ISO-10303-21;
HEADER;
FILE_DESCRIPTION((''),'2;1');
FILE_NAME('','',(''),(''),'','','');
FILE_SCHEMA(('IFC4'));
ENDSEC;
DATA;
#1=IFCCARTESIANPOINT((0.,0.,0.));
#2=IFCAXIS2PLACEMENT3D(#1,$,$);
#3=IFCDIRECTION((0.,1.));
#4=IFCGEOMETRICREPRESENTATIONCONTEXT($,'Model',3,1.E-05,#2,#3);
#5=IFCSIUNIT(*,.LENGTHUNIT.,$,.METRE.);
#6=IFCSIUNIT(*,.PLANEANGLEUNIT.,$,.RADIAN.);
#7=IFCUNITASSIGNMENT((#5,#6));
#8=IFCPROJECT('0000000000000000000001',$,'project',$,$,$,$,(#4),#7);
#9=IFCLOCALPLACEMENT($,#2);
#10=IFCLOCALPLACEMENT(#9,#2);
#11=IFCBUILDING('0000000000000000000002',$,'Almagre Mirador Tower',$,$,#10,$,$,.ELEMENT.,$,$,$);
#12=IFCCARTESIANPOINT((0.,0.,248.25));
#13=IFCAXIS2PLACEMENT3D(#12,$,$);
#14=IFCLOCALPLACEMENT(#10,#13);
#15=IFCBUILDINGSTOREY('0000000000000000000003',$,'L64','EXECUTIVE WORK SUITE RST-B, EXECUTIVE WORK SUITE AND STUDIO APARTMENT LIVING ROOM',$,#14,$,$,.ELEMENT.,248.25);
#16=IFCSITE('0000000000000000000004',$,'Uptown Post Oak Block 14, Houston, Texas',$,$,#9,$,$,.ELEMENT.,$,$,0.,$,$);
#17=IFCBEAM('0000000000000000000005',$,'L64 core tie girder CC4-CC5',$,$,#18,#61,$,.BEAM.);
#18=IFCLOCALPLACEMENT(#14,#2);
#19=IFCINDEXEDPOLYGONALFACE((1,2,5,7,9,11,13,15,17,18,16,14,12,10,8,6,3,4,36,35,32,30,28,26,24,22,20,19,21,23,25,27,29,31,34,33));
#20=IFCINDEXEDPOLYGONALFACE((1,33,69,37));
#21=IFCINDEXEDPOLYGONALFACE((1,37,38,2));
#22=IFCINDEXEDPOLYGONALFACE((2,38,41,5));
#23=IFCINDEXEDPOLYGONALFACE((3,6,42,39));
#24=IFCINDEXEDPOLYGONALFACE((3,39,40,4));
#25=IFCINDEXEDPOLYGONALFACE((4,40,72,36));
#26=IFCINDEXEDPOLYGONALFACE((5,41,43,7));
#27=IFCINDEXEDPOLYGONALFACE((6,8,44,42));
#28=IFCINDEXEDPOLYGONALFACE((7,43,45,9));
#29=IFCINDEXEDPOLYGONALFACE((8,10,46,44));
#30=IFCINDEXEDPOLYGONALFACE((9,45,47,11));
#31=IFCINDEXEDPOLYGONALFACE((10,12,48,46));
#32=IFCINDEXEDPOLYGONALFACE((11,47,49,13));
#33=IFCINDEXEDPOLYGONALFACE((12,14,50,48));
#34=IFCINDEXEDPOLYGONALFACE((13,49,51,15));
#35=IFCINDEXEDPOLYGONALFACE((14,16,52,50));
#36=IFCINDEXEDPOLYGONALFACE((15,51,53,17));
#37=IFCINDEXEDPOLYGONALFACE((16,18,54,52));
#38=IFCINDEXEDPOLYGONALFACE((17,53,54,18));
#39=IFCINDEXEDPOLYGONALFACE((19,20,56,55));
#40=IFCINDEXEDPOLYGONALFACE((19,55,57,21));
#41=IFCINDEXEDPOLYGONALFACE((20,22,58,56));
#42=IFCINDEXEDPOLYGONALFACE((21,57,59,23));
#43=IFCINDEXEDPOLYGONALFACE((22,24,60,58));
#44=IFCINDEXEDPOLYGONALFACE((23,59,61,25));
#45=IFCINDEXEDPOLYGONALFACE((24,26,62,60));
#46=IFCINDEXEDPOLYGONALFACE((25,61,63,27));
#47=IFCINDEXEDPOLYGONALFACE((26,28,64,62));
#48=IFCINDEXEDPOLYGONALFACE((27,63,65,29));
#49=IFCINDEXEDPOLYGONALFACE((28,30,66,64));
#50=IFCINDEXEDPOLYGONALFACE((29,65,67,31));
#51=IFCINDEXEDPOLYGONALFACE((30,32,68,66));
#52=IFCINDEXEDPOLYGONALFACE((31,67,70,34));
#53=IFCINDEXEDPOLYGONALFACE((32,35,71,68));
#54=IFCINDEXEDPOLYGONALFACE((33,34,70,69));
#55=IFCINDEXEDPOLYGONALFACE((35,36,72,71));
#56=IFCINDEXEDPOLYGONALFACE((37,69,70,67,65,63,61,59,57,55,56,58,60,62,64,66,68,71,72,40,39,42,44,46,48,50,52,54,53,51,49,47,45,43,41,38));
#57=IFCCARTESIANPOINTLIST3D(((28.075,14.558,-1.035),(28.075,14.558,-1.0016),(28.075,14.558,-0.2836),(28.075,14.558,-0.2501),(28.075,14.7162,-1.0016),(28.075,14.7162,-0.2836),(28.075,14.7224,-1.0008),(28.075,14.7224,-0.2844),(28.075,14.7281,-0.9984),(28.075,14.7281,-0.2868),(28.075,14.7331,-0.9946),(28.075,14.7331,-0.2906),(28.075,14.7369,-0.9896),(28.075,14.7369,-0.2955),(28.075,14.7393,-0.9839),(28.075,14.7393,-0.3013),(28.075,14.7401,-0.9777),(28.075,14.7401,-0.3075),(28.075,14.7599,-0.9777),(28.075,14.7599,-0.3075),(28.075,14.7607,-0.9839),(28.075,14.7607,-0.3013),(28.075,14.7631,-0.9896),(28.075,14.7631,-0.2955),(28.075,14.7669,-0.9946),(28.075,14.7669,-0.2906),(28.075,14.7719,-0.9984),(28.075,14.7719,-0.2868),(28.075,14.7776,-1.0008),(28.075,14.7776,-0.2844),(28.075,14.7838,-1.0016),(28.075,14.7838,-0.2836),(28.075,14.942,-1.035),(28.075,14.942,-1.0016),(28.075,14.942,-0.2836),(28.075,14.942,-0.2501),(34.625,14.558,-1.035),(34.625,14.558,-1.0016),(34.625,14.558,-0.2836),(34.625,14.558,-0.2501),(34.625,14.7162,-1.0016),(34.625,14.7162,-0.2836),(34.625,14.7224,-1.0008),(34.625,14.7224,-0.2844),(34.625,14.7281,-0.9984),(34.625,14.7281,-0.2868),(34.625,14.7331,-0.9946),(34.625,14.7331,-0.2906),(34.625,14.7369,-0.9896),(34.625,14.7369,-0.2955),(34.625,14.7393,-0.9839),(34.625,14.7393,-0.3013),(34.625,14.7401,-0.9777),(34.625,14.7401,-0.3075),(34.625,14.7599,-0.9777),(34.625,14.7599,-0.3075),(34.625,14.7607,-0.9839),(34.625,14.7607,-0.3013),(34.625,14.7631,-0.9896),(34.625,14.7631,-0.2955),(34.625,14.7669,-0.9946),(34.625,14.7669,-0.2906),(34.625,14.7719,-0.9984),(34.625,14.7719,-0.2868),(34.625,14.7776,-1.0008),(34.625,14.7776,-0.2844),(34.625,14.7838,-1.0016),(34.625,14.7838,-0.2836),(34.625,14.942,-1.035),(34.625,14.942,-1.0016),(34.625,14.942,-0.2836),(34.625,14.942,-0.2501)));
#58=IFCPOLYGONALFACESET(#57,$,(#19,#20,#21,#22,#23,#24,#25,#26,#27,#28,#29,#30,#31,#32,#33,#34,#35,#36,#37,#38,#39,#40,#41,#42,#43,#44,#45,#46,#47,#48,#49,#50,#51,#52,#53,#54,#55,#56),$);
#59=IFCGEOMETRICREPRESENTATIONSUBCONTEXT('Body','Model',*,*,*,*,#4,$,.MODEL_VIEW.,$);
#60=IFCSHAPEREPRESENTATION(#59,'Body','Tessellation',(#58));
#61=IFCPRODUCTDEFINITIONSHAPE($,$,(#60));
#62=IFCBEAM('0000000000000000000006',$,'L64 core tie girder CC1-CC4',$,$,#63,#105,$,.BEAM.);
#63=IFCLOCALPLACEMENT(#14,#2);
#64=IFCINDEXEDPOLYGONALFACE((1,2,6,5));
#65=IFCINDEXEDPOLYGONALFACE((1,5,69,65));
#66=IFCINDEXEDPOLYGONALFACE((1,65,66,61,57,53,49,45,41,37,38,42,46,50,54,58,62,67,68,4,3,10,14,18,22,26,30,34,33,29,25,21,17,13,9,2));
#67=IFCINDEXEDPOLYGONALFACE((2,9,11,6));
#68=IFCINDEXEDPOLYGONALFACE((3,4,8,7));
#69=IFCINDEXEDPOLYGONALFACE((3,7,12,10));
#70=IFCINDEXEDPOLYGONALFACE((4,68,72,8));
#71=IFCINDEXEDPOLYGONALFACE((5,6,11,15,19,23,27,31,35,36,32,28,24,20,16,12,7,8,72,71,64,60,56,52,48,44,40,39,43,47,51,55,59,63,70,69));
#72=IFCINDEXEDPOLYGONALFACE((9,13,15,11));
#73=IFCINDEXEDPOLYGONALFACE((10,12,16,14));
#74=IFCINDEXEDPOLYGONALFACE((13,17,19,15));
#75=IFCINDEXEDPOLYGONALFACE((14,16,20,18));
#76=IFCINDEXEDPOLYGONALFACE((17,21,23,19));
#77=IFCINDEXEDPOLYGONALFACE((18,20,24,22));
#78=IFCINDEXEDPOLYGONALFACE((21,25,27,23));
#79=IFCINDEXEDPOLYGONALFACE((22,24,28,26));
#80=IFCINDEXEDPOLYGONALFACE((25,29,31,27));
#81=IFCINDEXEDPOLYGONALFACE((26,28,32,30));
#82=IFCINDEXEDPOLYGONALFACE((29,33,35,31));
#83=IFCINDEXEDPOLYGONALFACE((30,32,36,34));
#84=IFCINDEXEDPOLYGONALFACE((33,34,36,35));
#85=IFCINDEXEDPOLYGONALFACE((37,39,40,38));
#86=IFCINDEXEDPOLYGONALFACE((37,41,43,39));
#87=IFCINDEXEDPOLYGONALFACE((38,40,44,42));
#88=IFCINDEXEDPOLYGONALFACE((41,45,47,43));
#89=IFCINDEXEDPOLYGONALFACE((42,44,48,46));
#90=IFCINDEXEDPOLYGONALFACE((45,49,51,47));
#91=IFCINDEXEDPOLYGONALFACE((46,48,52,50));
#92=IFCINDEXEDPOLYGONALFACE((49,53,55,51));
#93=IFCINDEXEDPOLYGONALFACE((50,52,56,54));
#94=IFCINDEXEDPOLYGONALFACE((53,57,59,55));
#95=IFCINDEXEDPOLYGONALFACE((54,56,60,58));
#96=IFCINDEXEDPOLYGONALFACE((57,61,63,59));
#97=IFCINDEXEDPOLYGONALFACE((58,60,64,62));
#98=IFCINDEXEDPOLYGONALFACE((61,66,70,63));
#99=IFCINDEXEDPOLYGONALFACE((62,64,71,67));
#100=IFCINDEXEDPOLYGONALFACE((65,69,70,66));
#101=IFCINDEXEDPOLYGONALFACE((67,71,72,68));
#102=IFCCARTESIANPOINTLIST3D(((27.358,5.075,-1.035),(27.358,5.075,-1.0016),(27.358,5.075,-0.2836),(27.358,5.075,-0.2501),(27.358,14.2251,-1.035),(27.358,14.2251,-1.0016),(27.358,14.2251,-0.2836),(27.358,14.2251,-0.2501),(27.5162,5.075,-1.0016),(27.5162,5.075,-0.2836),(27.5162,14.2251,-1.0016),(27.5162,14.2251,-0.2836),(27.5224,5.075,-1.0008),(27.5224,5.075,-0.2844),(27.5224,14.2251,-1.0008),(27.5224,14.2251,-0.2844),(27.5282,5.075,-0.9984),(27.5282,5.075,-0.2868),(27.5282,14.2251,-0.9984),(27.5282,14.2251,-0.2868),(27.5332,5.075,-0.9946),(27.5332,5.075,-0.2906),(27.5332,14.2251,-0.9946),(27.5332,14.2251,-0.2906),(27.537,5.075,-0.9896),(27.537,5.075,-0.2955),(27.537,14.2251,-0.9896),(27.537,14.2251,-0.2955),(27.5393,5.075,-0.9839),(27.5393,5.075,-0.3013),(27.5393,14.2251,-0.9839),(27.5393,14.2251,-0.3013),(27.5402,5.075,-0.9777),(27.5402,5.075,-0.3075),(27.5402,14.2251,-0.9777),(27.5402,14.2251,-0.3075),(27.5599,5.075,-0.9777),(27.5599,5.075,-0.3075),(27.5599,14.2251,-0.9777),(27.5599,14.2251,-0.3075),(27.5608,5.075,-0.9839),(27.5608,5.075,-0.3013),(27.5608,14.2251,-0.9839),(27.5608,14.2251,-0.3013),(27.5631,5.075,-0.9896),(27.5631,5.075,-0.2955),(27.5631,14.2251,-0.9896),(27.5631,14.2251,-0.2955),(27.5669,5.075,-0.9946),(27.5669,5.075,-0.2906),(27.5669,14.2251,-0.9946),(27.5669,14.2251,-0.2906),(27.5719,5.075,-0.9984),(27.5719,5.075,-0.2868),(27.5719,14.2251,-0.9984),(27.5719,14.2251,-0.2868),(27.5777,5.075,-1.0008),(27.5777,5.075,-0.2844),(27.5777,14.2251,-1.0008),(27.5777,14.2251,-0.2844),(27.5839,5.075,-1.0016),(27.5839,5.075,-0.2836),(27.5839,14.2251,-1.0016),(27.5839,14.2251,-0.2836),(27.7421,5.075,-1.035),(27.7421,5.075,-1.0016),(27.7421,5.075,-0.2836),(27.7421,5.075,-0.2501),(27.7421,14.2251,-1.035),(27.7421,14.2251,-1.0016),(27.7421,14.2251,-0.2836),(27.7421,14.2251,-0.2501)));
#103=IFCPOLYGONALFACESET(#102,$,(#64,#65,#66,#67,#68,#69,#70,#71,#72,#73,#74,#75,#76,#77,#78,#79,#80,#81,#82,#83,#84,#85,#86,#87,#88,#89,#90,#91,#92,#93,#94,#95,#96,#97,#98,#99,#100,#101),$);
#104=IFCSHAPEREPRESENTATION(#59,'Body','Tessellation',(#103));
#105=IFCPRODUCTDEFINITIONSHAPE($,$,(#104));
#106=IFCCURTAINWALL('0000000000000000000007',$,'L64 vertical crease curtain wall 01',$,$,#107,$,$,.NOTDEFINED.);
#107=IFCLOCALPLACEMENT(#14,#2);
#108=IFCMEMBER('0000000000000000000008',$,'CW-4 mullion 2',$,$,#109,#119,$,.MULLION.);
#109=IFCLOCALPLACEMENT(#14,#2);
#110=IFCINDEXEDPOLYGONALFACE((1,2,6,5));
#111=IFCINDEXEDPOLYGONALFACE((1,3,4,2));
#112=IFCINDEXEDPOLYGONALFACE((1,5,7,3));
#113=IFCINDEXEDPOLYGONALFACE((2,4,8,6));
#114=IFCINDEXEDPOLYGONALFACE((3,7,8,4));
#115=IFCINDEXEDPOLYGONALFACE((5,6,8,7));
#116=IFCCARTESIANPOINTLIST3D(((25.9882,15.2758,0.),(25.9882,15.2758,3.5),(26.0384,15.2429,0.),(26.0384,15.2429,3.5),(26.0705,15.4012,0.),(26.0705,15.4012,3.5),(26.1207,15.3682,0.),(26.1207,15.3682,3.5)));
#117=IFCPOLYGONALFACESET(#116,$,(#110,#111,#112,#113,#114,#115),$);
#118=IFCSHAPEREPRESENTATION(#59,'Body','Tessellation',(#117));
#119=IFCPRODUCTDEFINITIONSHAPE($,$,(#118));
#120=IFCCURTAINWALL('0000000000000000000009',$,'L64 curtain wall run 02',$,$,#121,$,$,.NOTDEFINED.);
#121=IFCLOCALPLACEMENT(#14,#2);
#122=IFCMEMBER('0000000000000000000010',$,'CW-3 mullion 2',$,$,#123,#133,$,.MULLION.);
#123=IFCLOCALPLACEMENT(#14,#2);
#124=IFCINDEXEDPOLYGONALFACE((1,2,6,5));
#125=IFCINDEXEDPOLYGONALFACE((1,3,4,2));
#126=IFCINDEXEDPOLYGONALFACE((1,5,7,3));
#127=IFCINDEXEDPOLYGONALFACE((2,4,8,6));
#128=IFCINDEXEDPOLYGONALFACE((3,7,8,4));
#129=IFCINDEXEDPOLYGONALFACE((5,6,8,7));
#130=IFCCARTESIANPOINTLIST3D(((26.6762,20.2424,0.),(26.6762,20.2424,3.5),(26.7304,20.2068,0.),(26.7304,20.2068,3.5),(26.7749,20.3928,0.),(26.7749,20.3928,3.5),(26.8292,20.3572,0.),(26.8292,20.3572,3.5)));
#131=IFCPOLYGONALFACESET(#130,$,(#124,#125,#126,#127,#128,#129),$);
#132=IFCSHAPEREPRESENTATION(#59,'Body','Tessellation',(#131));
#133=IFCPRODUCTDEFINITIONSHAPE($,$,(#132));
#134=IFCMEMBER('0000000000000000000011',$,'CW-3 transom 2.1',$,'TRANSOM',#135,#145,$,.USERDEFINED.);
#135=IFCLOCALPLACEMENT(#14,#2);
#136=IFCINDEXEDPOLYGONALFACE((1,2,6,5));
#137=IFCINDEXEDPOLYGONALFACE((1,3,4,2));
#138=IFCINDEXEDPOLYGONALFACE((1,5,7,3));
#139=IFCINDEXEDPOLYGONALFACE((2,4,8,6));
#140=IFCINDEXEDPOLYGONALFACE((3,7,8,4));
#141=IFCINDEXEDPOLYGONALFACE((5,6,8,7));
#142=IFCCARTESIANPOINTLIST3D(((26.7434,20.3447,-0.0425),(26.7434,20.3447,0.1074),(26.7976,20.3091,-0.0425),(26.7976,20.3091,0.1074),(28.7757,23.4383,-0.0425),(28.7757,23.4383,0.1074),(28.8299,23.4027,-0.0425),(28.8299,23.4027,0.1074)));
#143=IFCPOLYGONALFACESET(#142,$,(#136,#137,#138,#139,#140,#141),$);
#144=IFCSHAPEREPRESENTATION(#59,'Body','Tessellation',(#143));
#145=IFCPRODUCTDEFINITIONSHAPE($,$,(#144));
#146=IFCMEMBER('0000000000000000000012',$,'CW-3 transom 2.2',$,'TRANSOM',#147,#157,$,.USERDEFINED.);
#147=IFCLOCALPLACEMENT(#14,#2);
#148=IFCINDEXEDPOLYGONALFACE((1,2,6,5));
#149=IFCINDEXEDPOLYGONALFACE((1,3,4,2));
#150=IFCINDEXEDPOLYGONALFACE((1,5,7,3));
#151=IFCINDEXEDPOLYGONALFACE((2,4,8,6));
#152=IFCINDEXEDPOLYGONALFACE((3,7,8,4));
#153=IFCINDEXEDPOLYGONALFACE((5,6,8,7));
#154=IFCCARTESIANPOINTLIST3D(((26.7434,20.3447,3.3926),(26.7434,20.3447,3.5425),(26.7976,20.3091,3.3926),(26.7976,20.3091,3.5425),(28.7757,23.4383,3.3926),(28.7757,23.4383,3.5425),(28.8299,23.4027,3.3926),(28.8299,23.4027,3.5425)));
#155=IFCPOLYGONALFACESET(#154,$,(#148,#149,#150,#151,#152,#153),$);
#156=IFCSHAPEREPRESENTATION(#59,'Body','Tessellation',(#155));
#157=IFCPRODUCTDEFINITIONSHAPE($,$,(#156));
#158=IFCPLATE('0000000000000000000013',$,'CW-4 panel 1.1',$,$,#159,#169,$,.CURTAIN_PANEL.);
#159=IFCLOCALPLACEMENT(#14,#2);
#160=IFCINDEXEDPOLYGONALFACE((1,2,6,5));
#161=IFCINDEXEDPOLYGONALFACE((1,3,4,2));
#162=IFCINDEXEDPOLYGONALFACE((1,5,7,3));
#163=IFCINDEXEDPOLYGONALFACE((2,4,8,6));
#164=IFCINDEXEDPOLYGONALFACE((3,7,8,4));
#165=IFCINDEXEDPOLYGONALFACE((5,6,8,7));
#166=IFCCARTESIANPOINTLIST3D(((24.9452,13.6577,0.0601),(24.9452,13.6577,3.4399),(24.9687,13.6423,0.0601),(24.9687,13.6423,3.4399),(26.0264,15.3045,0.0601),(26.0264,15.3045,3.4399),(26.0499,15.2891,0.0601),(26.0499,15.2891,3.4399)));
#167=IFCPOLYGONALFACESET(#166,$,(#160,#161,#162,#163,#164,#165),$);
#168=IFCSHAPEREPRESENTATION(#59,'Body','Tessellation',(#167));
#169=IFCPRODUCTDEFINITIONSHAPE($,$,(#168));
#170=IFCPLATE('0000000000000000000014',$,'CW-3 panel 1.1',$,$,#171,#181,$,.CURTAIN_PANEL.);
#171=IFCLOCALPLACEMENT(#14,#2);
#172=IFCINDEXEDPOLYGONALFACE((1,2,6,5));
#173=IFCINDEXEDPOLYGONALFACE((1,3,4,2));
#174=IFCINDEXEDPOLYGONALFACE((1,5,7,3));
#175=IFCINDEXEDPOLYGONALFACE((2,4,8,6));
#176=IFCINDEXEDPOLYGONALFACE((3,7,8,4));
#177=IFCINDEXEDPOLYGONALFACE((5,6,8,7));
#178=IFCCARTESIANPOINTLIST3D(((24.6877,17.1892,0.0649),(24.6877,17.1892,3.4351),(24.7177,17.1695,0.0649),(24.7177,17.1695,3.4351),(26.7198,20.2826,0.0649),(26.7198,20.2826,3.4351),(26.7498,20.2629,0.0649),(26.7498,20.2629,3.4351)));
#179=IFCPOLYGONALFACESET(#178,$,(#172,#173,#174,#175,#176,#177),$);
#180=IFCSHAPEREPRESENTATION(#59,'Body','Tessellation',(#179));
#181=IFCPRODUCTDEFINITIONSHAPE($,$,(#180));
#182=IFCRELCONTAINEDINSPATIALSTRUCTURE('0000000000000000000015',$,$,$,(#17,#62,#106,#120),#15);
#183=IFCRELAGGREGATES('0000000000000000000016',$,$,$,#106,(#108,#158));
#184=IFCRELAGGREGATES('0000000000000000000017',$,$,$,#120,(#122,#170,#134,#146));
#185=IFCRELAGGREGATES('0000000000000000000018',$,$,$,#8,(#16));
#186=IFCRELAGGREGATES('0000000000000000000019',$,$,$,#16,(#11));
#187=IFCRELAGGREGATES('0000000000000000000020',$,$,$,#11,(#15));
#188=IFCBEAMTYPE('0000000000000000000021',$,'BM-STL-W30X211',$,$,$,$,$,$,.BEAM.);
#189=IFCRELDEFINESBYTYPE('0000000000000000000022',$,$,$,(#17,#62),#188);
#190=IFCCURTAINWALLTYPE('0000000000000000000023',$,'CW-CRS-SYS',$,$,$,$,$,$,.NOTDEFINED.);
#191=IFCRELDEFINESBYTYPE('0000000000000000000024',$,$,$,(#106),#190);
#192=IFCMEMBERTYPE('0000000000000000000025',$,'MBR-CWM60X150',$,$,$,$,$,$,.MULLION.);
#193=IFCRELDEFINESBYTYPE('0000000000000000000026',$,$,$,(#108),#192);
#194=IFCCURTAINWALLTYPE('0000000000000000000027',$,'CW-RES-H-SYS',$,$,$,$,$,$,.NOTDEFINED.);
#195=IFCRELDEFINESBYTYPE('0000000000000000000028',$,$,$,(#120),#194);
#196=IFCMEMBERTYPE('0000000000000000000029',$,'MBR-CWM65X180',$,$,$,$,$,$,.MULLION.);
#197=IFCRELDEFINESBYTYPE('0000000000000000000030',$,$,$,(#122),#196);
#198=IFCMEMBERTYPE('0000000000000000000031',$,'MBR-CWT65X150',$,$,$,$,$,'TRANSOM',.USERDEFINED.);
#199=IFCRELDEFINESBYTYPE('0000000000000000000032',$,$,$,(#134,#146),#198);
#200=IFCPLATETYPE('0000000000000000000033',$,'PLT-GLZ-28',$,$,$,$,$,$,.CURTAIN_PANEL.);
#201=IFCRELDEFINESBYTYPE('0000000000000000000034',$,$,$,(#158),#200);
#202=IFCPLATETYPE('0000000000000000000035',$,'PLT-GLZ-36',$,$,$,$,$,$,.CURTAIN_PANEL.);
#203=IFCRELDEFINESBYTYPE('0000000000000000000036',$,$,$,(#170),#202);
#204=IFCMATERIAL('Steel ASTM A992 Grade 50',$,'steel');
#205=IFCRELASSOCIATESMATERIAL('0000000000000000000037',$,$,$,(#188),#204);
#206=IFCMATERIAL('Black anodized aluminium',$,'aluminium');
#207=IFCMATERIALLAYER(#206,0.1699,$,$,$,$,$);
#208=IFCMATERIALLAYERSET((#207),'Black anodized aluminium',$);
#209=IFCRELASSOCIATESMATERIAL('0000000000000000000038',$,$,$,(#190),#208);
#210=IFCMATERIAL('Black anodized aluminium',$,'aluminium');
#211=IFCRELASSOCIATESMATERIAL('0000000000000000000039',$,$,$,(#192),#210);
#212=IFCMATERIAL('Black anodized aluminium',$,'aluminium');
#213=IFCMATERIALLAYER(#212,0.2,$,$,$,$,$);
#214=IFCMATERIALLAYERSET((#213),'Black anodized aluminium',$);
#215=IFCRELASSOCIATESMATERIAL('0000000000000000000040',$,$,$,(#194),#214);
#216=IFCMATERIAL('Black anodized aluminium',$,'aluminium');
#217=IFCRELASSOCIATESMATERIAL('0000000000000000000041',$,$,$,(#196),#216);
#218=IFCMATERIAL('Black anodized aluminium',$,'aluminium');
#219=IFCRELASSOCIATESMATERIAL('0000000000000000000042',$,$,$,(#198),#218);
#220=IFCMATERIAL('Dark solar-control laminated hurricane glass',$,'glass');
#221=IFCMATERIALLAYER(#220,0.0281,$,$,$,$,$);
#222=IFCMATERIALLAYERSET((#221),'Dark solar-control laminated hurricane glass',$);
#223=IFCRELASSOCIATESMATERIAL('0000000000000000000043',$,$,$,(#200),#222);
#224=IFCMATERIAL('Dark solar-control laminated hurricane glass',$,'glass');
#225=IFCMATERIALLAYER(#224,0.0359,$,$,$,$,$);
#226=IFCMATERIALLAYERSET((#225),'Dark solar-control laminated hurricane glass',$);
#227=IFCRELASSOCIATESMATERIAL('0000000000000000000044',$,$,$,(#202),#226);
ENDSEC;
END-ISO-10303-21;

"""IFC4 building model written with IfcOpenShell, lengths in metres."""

from ifc_helpers import new_model, si_unit, direction, frame, origin, origin_2d, place, context, subcontext, project, spatial, rectangle, i_section, extrude, material, layer, layer_set, material_profile, profile_set, type_object, element, aggregate, save


model = new_model("IFC4")

# Units and contexts
model_context = context("Model", 3, precision=1e-05, world=origin(), true_north=direction((0.0, 1.0)))
body_context = subcontext(model_context, "Body", "Model", "MODEL_VIEW")
ifc_project = project(units=[si_unit("LENGTHUNIT", "METRE"), si_unit("PLANEANGLEUNIT", "RADIAN")], contexts=[model_context])

# Site, building, storey
site_placement = place(None, origin())
site = spatial("IfcSite", under=ifc_project, at=site_placement, Name="Uptown Post Oak Block 14, Houston, Texas", CompositionType="ELEMENT", RefElevation=0.0)
building_placement = place(site_placement, origin())
building = spatial("IfcBuilding", under=site, at=building_placement, Name="Almagre Mirador Tower", CompositionType="ELEMENT")
storey_placement = place(building_placement, frame((0.0, 0.0, 248.25)))
storey = spatial("IfcBuildingStorey", under=building, at=storey_placement, Name="L64", Description="EXECUTIVE WORK SUITE RST-B, EXECUTIVE WORK SUITE AND STUDIO APARTMENT LIVING ROOM", CompositionType="ELEMENT", Elevation=248.25)

# Beams
ifc_material_1 = material(Name="Steel ASTM A992 Grade 50", Category="steel")
ifc_material_profile_1 = material_profile(ifc_material_1, i_section(OverallWidth=0.384, OverallDepth=0.7849, WebThickness=0.0198, FlangeThickness=0.0334, FilletRadius=0.0239, at=origin_2d()), Name="W30X211")
ifc_profile_set_1 = profile_set([ifc_material_profile_1], Name="Steel ASTM A992 Grade 50")
beam_type_1 = type_object("IfcBeamType", Name="BM-STL-W30X211", PredefinedType="BEAM", material=ifc_profile_set_1)
for number, where, z_axis, x_axis, name in (
    (1, (28.075, 14.75, -0.6426), (1.0, 0.0, 0.0), (0.0, 1.0, 0.0), "L64 core tie girder CC4-CC5"),
):
    element("IfcBeam", number, at=place(storey_placement, frame(where, z_axis=z_axis, x_axis=x_axis)), inside=storey, type_object=beam_type_1, Name=name, PredefinedType="BEAM", context=body_context, shape_type="SweptSolid", body=[
        extrude(i_section(OverallWidth=0.384, OverallDepth=0.7849, WebThickness=0.0198, FlangeThickness=0.0334, FilletRadius=0.0239, at=origin_2d()), origin(), (0.0, 0.0, 1.0), 6.55),
    ])
beam_1_placement = place(storey_placement, frame((27.55, 5.075, -0.6426), z_axis=(0.0, 1.0, 0.0), x_axis=(-1.0, 0.0, 0.0)))
element("IfcBeam", 2, at=beam_1_placement, inside=storey, type_object=beam_type_1, Name="L64 core tie girder CC1-CC4", PredefinedType="BEAM", context=body_context, shape_type="SweptSolid", body=[
    extrude(i_section(OverallWidth=0.384, OverallDepth=0.7849, WebThickness=0.0198, FlangeThickness=0.0334, FilletRadius=0.0239, at=origin_2d()), origin(), (0.0, 0.0, 1.0), 9.1501),
])

# Curtain wall, member
ifc_material_2 = material(Name="Black anodized aluminium", Category="aluminium")
ifc_layer_1 = layer(ifc_material_2, 0.1699)
ifc_layer_set_1 = layer_set([ifc_layer_1], Name="Black anodized aluminium")
curtain_wall_type_1 = type_object("IfcCurtainWallType", Name="CW-CRS-SYS", PredefinedType="NOTDEFINED", material=ifc_layer_set_1)
curtain_wall_1_placement = place(storey_placement, origin())
curtain_wall_1 = element("IfcCurtainWall", 3, at=curtain_wall_1_placement, inside=storey, type_object=curtain_wall_type_1, Name="L64 vertical crease curtain wall 01", PredefinedType="NOTDEFINED")
ifc_material_3 = material(Name="Black anodized aluminium", Category="aluminium")
ifc_material_profile_2 = material_profile(ifc_material_3, rectangle(XDim=0.0601, YDim=0.1499, at=origin_2d()), Name="CWM60X150")
ifc_profile_set_2 = profile_set([ifc_material_profile_2], Name="Black anodized aluminium")
member_type_1 = type_object("IfcMemberType", Name="MBR-CWM60X150", PredefinedType="MULLION", material=ifc_profile_set_2)
member_1_placement = place(storey_placement, frame((26.0544, 15.322, 0.0), z_axis=(0.0, 0.0, 1.0), x_axis=(-0.835931, 0.548834, 0.0)))
member_1 = element("IfcMember", 4, at=member_1_placement, type_object=member_type_1, Name="CW-4 mullion 2", PredefinedType="MULLION", context=body_context, shape_type="SweptSolid", body=[
    extrude(rectangle(XDim=0.0601, YDim=0.1499, at=origin_2d()), origin(), (0.0, 0.0, 1.0), 3.5),
])

# Curtain wall, members
ifc_material_4 = material(Name="Black anodized aluminium", Category="aluminium")
ifc_layer_2 = layer(ifc_material_4, 0.2)
ifc_layer_set_2 = layer_set([ifc_layer_2], Name="Black anodized aluminium")
curtain_wall_type_2 = type_object("IfcCurtainWallType", Name="CW-RES-H-SYS", PredefinedType="NOTDEFINED", material=ifc_layer_set_2)
curtain_wall_2_placement = place(storey_placement, origin())
curtain_wall_2 = element("IfcCurtainWall", 5, at=curtain_wall_2_placement, inside=storey, type_object=curtain_wall_type_2, Name="L64 curtain wall run 02", PredefinedType="NOTDEFINED")
ifc_material_5 = material(Name="Black anodized aluminium", Category="aluminium")
ifc_material_profile_3 = material_profile(ifc_material_5, rectangle(XDim=0.0649, YDim=0.1799, at=origin_2d()), Name="CWM65X180")
ifc_profile_set_3 = profile_set([ifc_material_profile_3], Name="Black anodized aluminium")
member_type_2 = type_object("IfcMemberType", Name="MBR-CWM65X180", PredefinedType="MULLION", material=ifc_profile_set_3)
member_2_placement = place(storey_placement, frame((26.7527, 20.2998, 0.0), z_axis=(0.0, 0.0, 1.0), x_axis=(-0.835788, 0.549053, 0.0)))
member_2 = element("IfcMember", 6, at=member_2_placement, type_object=member_type_2, Name="CW-3 mullion 2", PredefinedType="MULLION", context=body_context, shape_type="SweptSolid", body=[
    extrude(rectangle(XDim=0.0649, YDim=0.1799, at=origin_2d()), origin(), (0.0, 0.0, 1.0), 3.5),
])
ifc_material_6 = material(Name="Black anodized aluminium", Category="aluminium")
ifc_material_profile_4 = material_profile(ifc_material_6, rectangle(XDim=0.0649, YDim=0.1499, at=origin_2d()), Name="CWT65X150")
ifc_profile_set_4 = profile_set([ifc_material_profile_4], Name="Black anodized aluminium")
member_type_3 = type_object("IfcMemberType", Name="MBR-CWT65X150", ElementType="TRANSOM", PredefinedType="USERDEFINED", material=ifc_profile_set_4)
member_3_placement = place(storey_placement, frame((26.7705, 20.3269, 0.0325), z_axis=(0.549055, 0.835786, 0.0), x_axis=(-0.835786, 0.549055, 0.0)))
member_3 = element("IfcMember", 7, at=member_3_placement, type_object=member_type_3, Name="CW-3 transom 2.1", ObjectType="TRANSOM", PredefinedType="USERDEFINED", context=body_context, shape_type="SweptSolid", body=[
    extrude(rectangle(XDim=0.0649, YDim=0.1499, at=origin_2d()), origin(), (0.0, 0.0, 1.0), 3.7014),
])
member_4_placement = place(storey_placement, frame((26.7705, 20.3269, 3.4675), z_axis=(0.549055, 0.835786, 0.0), x_axis=(-0.835786, 0.549055, 0.0)))
member_4 = element("IfcMember", 8, at=member_4_placement, type_object=member_type_3, Name="CW-3 transom 2.2", ObjectType="TRANSOM", PredefinedType="USERDEFINED", context=body_context, shape_type="SweptSolid", body=[
    extrude(rectangle(XDim=0.0649, YDim=0.1499, at=origin_2d()), origin(), (0.0, 0.0, 1.0), 3.7014),
])

# Plates
ifc_material_7 = material(Name="Dark solar-control laminated hurricane glass", Category="glass")
ifc_layer_3 = layer(ifc_material_7, 0.0281)
ifc_layer_set_3 = layer_set([ifc_layer_3], Name="Dark solar-control laminated hurricane glass")
plate_type_1 = type_object("IfcPlateType", Name="PLT-GLZ-28", PredefinedType="CURTAIN_PANEL", material=ifc_layer_set_3)
plate_1_placement = place(storey_placement, frame((25.4976, 14.4734, 0.0601), z_axis=(0.0, 0.0, 1.0), x_axis=(0.548834, 0.835931, 0.0)))
plate_1 = element("IfcPlate", 9, at=plate_1_placement, type_object=plate_type_1, Name="CW-4 panel 1.1", PredefinedType="CURTAIN_PANEL", context=body_context, shape_type="SweptSolid", body=[
    extrude(rectangle(XDim=1.97, YDim=0.0281, at=origin_2d()), origin(), (0.0, 0.0, 1.0), 3.3799),
])
aggregate(curtain_wall_1, [member_1, plate_1])
ifc_material_8 = material(Name="Dark solar-control laminated hurricane glass", Category="glass")
ifc_layer_4 = layer(ifc_material_8, 0.0359)
ifc_layer_set_4 = layer_set([ifc_layer_4], Name="Dark solar-control laminated hurricane glass")
plate_type_2 = type_object("IfcPlateType", Name="PLT-GLZ-36", PredefinedType="CURTAIN_PANEL", material=ifc_layer_set_4)
plate_2_placement = place(storey_placement, frame((25.7188, 18.7261, 0.0649), z_axis=(0.0, 0.0, 1.0), x_axis=(0.549053, 0.835788, 0.0)))
plate_2 = element("IfcPlate", 10, at=plate_2_placement, type_object=plate_type_2, Name="CW-3 panel 1.1", PredefinedType="CURTAIN_PANEL", context=body_context, shape_type="SweptSolid", body=[
    extrude(rectangle(XDim=3.7012, YDim=0.0359, at=origin_2d()), origin(), (0.0, 0.0, 1.0), 3.3701),
])
aggregate(curtain_wall_2, [member_2, plate_2, member_3, member_4])

save(model, "model.ifc")
